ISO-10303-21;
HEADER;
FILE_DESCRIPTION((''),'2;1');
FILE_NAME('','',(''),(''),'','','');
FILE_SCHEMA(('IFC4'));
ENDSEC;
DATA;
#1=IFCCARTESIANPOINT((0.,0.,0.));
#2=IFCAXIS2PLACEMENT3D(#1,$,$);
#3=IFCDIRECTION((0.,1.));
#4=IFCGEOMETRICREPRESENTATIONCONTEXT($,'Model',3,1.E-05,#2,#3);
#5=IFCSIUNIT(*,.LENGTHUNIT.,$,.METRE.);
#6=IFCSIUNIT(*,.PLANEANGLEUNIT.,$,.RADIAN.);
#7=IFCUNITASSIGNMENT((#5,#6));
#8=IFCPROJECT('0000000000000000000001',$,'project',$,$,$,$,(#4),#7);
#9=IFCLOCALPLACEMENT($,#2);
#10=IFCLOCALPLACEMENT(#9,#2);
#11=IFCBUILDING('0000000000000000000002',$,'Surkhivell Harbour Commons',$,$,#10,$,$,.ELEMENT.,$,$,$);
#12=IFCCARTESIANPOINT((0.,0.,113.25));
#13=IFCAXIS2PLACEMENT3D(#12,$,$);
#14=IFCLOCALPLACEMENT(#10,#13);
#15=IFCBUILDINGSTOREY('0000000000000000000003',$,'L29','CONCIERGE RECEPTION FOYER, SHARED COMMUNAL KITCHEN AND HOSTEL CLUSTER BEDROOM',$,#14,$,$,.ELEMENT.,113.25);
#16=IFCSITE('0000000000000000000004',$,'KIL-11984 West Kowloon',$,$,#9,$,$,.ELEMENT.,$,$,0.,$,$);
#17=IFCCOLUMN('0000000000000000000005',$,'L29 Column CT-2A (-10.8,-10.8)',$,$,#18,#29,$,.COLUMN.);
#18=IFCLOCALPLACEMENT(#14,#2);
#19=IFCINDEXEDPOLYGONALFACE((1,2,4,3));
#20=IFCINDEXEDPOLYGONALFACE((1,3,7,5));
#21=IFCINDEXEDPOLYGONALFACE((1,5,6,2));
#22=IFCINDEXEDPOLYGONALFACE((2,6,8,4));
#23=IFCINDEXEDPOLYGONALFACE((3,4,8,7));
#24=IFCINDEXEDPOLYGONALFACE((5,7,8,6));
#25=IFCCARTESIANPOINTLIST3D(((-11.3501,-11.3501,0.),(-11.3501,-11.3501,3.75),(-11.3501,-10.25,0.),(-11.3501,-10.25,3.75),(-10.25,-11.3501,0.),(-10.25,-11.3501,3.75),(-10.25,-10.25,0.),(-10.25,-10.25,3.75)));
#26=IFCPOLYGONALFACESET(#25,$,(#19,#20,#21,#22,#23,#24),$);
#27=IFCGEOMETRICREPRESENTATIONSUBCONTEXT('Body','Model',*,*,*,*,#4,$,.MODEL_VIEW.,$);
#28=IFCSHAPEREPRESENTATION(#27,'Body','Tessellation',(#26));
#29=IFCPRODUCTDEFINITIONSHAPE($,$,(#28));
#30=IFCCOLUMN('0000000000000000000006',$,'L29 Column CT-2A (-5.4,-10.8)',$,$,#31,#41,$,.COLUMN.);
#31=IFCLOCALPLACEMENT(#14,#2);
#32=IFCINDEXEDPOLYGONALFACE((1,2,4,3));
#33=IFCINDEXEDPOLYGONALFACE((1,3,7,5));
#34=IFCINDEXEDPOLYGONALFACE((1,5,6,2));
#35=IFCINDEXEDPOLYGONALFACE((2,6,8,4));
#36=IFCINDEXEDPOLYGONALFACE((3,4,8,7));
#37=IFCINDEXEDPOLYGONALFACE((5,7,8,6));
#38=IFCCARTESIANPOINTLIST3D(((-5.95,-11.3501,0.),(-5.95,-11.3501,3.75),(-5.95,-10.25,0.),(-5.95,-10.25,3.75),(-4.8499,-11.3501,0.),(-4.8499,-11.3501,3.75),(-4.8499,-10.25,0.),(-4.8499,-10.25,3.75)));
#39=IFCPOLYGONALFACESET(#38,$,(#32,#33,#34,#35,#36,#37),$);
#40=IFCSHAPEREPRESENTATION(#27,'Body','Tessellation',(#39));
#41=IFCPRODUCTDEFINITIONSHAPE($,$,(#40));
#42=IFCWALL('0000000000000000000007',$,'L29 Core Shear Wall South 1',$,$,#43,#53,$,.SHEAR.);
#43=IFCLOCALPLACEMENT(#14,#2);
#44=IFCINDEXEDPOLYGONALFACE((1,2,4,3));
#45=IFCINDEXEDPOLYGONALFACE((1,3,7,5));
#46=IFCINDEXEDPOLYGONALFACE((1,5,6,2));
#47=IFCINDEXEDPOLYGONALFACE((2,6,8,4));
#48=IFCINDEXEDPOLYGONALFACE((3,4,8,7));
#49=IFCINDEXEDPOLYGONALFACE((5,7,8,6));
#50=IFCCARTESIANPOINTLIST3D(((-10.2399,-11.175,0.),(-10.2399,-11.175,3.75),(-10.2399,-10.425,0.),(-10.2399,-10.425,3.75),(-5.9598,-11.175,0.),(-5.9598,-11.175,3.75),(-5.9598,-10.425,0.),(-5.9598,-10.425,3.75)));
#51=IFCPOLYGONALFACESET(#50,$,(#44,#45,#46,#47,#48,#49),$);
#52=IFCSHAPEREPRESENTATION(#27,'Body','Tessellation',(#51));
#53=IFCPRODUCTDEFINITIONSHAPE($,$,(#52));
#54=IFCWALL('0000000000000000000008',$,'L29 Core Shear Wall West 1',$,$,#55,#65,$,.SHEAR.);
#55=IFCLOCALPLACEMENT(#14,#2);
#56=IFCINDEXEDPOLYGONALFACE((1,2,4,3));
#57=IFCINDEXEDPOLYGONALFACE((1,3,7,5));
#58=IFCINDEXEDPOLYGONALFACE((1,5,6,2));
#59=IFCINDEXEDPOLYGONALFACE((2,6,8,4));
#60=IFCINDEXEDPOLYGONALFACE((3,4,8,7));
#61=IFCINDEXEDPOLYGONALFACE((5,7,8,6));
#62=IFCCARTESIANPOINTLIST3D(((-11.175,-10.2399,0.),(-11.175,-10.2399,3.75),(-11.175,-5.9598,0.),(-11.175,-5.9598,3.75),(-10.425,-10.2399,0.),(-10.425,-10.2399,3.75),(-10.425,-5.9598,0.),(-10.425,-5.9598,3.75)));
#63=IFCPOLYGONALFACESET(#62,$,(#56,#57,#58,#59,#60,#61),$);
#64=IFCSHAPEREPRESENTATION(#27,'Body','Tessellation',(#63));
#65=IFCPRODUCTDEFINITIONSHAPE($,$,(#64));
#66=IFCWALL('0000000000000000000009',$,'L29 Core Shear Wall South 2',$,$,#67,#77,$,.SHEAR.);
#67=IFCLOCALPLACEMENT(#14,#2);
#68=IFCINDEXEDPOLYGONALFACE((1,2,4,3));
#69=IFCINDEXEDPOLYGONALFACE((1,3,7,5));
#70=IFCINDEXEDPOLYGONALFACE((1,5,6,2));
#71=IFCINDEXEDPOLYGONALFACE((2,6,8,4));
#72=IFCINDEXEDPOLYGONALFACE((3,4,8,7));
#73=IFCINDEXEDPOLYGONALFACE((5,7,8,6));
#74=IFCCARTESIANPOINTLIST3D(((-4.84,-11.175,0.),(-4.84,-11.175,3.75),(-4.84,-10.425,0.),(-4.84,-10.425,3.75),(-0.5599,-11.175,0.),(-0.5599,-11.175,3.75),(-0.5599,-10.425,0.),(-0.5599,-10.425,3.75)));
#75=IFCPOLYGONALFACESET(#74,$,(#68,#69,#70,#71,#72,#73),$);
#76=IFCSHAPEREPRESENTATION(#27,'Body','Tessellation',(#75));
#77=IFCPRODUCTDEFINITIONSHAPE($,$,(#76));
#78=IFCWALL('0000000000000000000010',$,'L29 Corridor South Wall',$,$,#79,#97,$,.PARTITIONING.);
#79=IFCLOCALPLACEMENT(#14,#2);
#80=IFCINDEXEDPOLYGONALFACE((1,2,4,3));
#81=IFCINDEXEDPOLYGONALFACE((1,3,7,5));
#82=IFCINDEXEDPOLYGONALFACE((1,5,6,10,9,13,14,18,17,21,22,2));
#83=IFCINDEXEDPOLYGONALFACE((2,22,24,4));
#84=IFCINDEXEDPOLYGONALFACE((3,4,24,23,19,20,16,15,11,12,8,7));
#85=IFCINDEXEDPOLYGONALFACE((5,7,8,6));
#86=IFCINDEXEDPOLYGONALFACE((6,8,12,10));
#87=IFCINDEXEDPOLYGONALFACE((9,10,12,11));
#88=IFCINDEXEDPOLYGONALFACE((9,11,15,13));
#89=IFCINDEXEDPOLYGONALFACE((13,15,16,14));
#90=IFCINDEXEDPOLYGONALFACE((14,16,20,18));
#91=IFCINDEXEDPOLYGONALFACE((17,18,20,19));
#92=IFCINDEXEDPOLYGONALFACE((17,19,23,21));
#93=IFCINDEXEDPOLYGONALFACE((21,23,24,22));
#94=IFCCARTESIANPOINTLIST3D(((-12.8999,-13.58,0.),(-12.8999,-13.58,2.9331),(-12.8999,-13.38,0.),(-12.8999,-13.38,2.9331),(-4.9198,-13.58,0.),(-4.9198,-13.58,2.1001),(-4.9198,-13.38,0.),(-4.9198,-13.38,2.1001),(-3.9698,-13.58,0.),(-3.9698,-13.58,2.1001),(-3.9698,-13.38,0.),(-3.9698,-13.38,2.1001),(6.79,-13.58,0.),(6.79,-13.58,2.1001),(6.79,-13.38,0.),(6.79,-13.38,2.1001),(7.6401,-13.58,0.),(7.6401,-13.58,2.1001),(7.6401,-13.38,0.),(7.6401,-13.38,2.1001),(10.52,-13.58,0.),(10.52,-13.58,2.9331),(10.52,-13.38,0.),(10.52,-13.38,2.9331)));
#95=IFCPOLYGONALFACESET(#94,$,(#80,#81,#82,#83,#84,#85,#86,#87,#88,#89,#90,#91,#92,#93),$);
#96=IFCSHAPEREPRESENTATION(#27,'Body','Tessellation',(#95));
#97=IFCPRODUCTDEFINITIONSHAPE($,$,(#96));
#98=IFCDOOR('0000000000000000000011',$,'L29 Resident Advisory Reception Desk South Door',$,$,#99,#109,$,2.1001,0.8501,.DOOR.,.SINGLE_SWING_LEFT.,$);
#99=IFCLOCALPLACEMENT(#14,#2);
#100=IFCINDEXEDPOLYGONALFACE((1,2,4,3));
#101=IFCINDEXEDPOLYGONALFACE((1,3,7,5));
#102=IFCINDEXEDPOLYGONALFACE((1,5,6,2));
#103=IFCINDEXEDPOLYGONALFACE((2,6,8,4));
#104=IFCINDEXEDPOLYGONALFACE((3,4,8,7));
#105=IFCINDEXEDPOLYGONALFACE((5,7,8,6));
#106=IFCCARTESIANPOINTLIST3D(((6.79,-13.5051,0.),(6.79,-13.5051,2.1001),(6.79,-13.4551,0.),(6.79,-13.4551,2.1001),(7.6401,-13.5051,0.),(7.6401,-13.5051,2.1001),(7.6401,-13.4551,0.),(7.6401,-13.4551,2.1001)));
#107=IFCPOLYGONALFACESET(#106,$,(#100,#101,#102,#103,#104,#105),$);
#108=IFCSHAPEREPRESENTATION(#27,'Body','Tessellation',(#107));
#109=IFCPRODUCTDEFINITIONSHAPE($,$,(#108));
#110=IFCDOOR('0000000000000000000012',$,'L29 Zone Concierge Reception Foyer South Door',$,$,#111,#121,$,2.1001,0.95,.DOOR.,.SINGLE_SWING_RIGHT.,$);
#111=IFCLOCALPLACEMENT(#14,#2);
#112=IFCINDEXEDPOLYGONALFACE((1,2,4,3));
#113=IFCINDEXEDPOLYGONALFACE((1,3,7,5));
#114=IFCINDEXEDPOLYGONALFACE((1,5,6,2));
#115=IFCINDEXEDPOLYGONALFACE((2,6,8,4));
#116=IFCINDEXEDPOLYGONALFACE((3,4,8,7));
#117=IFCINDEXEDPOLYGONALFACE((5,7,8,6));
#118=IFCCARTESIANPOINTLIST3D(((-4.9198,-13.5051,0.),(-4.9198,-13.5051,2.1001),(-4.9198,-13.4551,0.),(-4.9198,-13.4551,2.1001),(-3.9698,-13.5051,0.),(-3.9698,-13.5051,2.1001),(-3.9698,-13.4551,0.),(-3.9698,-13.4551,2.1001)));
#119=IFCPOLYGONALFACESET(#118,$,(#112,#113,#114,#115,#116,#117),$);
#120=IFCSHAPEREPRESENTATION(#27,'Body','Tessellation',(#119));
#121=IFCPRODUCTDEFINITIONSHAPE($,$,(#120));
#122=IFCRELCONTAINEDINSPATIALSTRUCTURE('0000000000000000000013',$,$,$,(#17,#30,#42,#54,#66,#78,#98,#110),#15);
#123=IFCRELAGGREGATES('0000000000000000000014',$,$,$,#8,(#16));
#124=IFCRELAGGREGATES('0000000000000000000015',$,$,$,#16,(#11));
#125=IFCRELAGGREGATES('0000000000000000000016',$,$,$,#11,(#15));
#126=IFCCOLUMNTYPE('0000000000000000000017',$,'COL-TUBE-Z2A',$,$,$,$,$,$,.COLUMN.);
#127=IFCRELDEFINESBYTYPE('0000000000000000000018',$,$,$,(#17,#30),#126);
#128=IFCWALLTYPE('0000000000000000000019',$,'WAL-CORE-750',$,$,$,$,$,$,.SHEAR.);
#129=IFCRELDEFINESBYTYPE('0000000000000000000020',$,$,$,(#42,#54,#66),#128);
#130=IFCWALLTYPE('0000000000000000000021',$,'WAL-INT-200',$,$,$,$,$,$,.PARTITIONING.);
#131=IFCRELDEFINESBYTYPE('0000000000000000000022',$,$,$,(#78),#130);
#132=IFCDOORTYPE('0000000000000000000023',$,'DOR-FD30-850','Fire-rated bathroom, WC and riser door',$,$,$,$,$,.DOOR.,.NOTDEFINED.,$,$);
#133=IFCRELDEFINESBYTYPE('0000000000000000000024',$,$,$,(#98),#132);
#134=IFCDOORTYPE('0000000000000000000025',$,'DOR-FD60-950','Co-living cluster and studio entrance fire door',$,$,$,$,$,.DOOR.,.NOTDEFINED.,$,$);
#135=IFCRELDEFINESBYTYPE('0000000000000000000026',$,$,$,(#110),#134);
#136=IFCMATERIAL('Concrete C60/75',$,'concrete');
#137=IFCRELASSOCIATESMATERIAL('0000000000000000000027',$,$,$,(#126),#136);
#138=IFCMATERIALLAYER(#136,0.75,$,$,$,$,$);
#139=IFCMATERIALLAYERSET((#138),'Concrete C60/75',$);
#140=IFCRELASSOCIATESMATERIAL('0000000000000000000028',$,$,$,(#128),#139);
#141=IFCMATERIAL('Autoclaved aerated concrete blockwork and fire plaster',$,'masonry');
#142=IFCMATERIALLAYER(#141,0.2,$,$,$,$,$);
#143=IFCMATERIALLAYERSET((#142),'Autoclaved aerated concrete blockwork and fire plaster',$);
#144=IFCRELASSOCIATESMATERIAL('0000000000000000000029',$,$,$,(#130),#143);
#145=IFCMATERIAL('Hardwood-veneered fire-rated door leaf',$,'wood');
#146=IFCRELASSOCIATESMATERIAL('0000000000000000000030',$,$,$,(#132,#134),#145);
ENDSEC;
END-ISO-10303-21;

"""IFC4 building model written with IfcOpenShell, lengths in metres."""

from ifc_helpers import new_model, si_unit, direction, frame, frame_2d, origin, origin_2d, place, context, subcontext, project, spatial, rectangle, extrude, material, layer, layer_set, material_profile, profile_set, type_object, element, fill, save


model = new_model("IFC4")

# Units and contexts
model_context = context("Model", 3, precision=1e-05, world=origin(), true_north=direction((0.0, 1.0)))
body_context = subcontext(model_context, "Body", "Model", "MODEL_VIEW")
ifc_project = project(units=[si_unit("LENGTHUNIT", "METRE"), si_unit("PLANEANGLEUNIT", "RADIAN")], contexts=[model_context])

# Site, building, storey
site_placement = place(None, origin())
site = spatial("IfcSite", under=ifc_project, at=site_placement, Name="KIL-11984 West Kowloon", CompositionType="ELEMENT", RefElevation=0.0)
building_placement = place(site_placement, origin())
building = spatial("IfcBuilding", under=site, at=building_placement, Name="Surkhivell Harbour Commons", CompositionType="ELEMENT")
storey_placement = place(building_placement, frame((0.0, 0.0, 113.25)))
storey = spatial("IfcBuildingStorey", under=building, at=storey_placement, Name="L29", Description="CONCIERGE RECEPTION FOYER, SHARED COMMUNAL KITCHEN AND HOSTEL CLUSTER BEDROOM", CompositionType="ELEMENT", Elevation=113.25)

# Columns
ifc_material_1 = material(Name="Concrete C60/75", Category="concrete")
ifc_material_profile = material_profile(ifc_material_1, rectangle(XDim=1.1001, YDim=1.1001, at=origin_2d()), Name="RC-COL-1100x1100")
ifc_profile_set = profile_set([ifc_material_profile], Name="Concrete C60/75")
column_type = type_object("IfcColumnType", Name="COL-TUBE-Z2A", PredefinedType="COLUMN", material=ifc_profile_set)
for number, where, z_axis, x_axis, name in (
    (1, (-10.8, -10.8, 0.0), (0.0, 0.0, 1.0), (1.0, 0.0, 0.0), "L29 Column CT-2A (-10.8,-10.8)"),
    (2, (-5.3999, -10.8, 0.0), (0.0, 0.0, 1.0), (1.0, 0.0, 0.0), "L29 Column CT-2A (-5.4,-10.8)"),
):
    element("IfcColumn", number, at=place(storey_placement, frame(where, z_axis=z_axis, x_axis=x_axis)), inside=storey, type_object=column_type, Name=name, PredefinedType="COLUMN", context=body_context, shape_type="SweptSolid", body=[
        extrude(rectangle(XDim=1.1001, YDim=1.1001, at=origin_2d()), origin(), (0.0, 0.0, 1.0), 3.75),
    ])

# Walls
ifc_layer_1 = layer(ifc_material_1, 0.75)
ifc_layer_set_1 = layer_set([ifc_layer_1], Name="Concrete C60/75")
wall_type_1 = type_object("IfcWallType", Name="WAL-CORE-750", PredefinedType="SHEAR", material=ifc_layer_set_1)
for number, where, z_axis, x_axis, name in (
    (3, (-10.24, -10.8, 0.0), (0.0, 0.0, 1.0), (1.0, 0.0, 0.0), "L29 Core Shear Wall South 1"),
    (4, (-10.8, -10.24, 0.0), (0.0, 0.0, 1.0), (0.0, 1.0, 0.0), "L29 Core Shear Wall West 1"),
    (5, (-4.8401, -10.8, 0.0), (0.0, 0.0, 1.0), (1.0, 0.0, 0.0), "L29 Core Shear Wall South 2"),
):
    element("IfcWall", number, at=place(storey_placement, frame(where, z_axis=z_axis, x_axis=x_axis)), inside=storey, type_object=wall_type_1, Name=name, PredefinedType="SHEAR", context=body_context, shape_type="SweptSolid", body=[
        extrude(rectangle(XDim=4.28, YDim=0.75, at=frame_2d((2.1401, 0.0))), origin(), (0.0, 0.0, 1.0), 3.75),
    ])

# Wall, openings, doors
ifc_material_2 = material(Name="Autoclaved aerated concrete blockwork and fire plaster", Category="masonry")
ifc_layer_2 = layer(ifc_material_2, 0.2)
ifc_layer_set_2 = layer_set([ifc_layer_2], Name="Autoclaved aerated concrete blockwork and fire plaster")
wall_type_2 = type_object("IfcWallType", Name="WAL-INT-200", PredefinedType="PARTITIONING", material=ifc_layer_set_2)
wall_1_placement = place(storey_placement, frame((-12.8999, -13.48, 0.0), z_axis=(0.0, 0.0, 1.0), x_axis=(1.0, 0.0, 0.0)))
wall_1 = element("IfcWall", 6, at=wall_1_placement, inside=storey, type_object=wall_type_2, Name="L29 Corridor South Wall", PredefinedType="PARTITIONING", context=body_context, shape_type="SweptSolid", body=[
    extrude(rectangle(XDim=23.4199, YDim=0.2, at=frame_2d((11.71, 0.0))), origin(), (0.0, 0.0, 1.0), 2.9331),
])
opening_1_placement = place(wall_1_placement, frame((7.98, 0.0, 0.0)))
opening_1 = element("IfcOpeningElement", 7, at=opening_1_placement, cuts=wall_1, PredefinedType="OPENING", context=body_context, shape_type="SweptSolid", body=[
    extrude(rectangle(XDim=0.95, YDim=2.1001, at=frame_2d((0.4751, 1.05))), frame((0.0, 0.1099, 0.0), z_axis=(0.0, -1.0, 0.0), x_axis=(1.0, 0.0, 0.0)), (0.0, 0.0, 1.0), 0.22),
])
opening_2_placement = place(wall_1_placement, frame((19.6899, 0.0, 0.0)))
opening_2 = element("IfcOpeningElement", 8, at=opening_2_placement, cuts=wall_1, PredefinedType="OPENING", context=body_context, shape_type="SweptSolid", body=[
    extrude(rectangle(XDim=0.8501, YDim=2.1001, at=frame_2d((0.425, 1.05))), frame((0.0, 0.1099, 0.0), z_axis=(0.0, -1.0, 0.0), x_axis=(1.0, 0.0, 0.0)), (0.0, 0.0, 1.0), 0.22),
])
ifc_material_3 = material(Name="Hardwood-veneered fire-rated door leaf", Category="wood")
door_type_1 = type_object("IfcDoorType", Name="DOR-FD30-850", Description="Fire-rated bathroom, WC and riser door", OperationType="NOTDEFINED", PredefinedType="DOOR", material=ifc_material_3)
door_1_placement = place(opening_2_placement, origin())
door_1 = element("IfcDoor", 9, at=door_1_placement, inside=storey, type_object=door_type_1, Name="L29 Resident Advisory Reception Desk South Door", OperationType="SINGLE_SWING_LEFT", OverallHeight=2.1001, OverallWidth=0.8501, PredefinedType="DOOR", context=body_context, shape_type="SweptSolid", body=[
    extrude(rectangle(XDim=0.8501, YDim=2.1001, at=frame_2d((0.425, 1.05))), frame((0.0, 0.0249, 0.0), z_axis=(0.0, -1.0, 0.0), x_axis=(1.0, 0.0, 0.0)), (0.0, 0.0, 1.0), 0.05),
])
fill(opening_2, door_1)
door_type_2 = type_object("IfcDoorType", Name="DOR-FD60-950", Description="Co-living cluster and studio entrance fire door", OperationType="NOTDEFINED", PredefinedType="DOOR", material=ifc_material_3)
door_2_placement = place(opening_1_placement, origin())
door_2 = element("IfcDoor", 10, at=door_2_placement, inside=storey, type_object=door_type_2, Name="L29 Zone Concierge Reception Foyer South Door", OperationType="SINGLE_SWING_RIGHT", OverallHeight=2.1001, OverallWidth=0.95, PredefinedType="DOOR", context=body_context, shape_type="SweptSolid", body=[
    extrude(rectangle(XDim=0.95, YDim=2.1001, at=frame_2d((0.4751, 1.05))), frame((0.0, 0.0249, 0.0), z_axis=(0.0, -1.0, 0.0), x_axis=(1.0, 0.0, 0.0)), (0.0, 0.0, 1.0), 0.05),
])
fill(opening_1, door_2)

save(model, "model.ifc")
